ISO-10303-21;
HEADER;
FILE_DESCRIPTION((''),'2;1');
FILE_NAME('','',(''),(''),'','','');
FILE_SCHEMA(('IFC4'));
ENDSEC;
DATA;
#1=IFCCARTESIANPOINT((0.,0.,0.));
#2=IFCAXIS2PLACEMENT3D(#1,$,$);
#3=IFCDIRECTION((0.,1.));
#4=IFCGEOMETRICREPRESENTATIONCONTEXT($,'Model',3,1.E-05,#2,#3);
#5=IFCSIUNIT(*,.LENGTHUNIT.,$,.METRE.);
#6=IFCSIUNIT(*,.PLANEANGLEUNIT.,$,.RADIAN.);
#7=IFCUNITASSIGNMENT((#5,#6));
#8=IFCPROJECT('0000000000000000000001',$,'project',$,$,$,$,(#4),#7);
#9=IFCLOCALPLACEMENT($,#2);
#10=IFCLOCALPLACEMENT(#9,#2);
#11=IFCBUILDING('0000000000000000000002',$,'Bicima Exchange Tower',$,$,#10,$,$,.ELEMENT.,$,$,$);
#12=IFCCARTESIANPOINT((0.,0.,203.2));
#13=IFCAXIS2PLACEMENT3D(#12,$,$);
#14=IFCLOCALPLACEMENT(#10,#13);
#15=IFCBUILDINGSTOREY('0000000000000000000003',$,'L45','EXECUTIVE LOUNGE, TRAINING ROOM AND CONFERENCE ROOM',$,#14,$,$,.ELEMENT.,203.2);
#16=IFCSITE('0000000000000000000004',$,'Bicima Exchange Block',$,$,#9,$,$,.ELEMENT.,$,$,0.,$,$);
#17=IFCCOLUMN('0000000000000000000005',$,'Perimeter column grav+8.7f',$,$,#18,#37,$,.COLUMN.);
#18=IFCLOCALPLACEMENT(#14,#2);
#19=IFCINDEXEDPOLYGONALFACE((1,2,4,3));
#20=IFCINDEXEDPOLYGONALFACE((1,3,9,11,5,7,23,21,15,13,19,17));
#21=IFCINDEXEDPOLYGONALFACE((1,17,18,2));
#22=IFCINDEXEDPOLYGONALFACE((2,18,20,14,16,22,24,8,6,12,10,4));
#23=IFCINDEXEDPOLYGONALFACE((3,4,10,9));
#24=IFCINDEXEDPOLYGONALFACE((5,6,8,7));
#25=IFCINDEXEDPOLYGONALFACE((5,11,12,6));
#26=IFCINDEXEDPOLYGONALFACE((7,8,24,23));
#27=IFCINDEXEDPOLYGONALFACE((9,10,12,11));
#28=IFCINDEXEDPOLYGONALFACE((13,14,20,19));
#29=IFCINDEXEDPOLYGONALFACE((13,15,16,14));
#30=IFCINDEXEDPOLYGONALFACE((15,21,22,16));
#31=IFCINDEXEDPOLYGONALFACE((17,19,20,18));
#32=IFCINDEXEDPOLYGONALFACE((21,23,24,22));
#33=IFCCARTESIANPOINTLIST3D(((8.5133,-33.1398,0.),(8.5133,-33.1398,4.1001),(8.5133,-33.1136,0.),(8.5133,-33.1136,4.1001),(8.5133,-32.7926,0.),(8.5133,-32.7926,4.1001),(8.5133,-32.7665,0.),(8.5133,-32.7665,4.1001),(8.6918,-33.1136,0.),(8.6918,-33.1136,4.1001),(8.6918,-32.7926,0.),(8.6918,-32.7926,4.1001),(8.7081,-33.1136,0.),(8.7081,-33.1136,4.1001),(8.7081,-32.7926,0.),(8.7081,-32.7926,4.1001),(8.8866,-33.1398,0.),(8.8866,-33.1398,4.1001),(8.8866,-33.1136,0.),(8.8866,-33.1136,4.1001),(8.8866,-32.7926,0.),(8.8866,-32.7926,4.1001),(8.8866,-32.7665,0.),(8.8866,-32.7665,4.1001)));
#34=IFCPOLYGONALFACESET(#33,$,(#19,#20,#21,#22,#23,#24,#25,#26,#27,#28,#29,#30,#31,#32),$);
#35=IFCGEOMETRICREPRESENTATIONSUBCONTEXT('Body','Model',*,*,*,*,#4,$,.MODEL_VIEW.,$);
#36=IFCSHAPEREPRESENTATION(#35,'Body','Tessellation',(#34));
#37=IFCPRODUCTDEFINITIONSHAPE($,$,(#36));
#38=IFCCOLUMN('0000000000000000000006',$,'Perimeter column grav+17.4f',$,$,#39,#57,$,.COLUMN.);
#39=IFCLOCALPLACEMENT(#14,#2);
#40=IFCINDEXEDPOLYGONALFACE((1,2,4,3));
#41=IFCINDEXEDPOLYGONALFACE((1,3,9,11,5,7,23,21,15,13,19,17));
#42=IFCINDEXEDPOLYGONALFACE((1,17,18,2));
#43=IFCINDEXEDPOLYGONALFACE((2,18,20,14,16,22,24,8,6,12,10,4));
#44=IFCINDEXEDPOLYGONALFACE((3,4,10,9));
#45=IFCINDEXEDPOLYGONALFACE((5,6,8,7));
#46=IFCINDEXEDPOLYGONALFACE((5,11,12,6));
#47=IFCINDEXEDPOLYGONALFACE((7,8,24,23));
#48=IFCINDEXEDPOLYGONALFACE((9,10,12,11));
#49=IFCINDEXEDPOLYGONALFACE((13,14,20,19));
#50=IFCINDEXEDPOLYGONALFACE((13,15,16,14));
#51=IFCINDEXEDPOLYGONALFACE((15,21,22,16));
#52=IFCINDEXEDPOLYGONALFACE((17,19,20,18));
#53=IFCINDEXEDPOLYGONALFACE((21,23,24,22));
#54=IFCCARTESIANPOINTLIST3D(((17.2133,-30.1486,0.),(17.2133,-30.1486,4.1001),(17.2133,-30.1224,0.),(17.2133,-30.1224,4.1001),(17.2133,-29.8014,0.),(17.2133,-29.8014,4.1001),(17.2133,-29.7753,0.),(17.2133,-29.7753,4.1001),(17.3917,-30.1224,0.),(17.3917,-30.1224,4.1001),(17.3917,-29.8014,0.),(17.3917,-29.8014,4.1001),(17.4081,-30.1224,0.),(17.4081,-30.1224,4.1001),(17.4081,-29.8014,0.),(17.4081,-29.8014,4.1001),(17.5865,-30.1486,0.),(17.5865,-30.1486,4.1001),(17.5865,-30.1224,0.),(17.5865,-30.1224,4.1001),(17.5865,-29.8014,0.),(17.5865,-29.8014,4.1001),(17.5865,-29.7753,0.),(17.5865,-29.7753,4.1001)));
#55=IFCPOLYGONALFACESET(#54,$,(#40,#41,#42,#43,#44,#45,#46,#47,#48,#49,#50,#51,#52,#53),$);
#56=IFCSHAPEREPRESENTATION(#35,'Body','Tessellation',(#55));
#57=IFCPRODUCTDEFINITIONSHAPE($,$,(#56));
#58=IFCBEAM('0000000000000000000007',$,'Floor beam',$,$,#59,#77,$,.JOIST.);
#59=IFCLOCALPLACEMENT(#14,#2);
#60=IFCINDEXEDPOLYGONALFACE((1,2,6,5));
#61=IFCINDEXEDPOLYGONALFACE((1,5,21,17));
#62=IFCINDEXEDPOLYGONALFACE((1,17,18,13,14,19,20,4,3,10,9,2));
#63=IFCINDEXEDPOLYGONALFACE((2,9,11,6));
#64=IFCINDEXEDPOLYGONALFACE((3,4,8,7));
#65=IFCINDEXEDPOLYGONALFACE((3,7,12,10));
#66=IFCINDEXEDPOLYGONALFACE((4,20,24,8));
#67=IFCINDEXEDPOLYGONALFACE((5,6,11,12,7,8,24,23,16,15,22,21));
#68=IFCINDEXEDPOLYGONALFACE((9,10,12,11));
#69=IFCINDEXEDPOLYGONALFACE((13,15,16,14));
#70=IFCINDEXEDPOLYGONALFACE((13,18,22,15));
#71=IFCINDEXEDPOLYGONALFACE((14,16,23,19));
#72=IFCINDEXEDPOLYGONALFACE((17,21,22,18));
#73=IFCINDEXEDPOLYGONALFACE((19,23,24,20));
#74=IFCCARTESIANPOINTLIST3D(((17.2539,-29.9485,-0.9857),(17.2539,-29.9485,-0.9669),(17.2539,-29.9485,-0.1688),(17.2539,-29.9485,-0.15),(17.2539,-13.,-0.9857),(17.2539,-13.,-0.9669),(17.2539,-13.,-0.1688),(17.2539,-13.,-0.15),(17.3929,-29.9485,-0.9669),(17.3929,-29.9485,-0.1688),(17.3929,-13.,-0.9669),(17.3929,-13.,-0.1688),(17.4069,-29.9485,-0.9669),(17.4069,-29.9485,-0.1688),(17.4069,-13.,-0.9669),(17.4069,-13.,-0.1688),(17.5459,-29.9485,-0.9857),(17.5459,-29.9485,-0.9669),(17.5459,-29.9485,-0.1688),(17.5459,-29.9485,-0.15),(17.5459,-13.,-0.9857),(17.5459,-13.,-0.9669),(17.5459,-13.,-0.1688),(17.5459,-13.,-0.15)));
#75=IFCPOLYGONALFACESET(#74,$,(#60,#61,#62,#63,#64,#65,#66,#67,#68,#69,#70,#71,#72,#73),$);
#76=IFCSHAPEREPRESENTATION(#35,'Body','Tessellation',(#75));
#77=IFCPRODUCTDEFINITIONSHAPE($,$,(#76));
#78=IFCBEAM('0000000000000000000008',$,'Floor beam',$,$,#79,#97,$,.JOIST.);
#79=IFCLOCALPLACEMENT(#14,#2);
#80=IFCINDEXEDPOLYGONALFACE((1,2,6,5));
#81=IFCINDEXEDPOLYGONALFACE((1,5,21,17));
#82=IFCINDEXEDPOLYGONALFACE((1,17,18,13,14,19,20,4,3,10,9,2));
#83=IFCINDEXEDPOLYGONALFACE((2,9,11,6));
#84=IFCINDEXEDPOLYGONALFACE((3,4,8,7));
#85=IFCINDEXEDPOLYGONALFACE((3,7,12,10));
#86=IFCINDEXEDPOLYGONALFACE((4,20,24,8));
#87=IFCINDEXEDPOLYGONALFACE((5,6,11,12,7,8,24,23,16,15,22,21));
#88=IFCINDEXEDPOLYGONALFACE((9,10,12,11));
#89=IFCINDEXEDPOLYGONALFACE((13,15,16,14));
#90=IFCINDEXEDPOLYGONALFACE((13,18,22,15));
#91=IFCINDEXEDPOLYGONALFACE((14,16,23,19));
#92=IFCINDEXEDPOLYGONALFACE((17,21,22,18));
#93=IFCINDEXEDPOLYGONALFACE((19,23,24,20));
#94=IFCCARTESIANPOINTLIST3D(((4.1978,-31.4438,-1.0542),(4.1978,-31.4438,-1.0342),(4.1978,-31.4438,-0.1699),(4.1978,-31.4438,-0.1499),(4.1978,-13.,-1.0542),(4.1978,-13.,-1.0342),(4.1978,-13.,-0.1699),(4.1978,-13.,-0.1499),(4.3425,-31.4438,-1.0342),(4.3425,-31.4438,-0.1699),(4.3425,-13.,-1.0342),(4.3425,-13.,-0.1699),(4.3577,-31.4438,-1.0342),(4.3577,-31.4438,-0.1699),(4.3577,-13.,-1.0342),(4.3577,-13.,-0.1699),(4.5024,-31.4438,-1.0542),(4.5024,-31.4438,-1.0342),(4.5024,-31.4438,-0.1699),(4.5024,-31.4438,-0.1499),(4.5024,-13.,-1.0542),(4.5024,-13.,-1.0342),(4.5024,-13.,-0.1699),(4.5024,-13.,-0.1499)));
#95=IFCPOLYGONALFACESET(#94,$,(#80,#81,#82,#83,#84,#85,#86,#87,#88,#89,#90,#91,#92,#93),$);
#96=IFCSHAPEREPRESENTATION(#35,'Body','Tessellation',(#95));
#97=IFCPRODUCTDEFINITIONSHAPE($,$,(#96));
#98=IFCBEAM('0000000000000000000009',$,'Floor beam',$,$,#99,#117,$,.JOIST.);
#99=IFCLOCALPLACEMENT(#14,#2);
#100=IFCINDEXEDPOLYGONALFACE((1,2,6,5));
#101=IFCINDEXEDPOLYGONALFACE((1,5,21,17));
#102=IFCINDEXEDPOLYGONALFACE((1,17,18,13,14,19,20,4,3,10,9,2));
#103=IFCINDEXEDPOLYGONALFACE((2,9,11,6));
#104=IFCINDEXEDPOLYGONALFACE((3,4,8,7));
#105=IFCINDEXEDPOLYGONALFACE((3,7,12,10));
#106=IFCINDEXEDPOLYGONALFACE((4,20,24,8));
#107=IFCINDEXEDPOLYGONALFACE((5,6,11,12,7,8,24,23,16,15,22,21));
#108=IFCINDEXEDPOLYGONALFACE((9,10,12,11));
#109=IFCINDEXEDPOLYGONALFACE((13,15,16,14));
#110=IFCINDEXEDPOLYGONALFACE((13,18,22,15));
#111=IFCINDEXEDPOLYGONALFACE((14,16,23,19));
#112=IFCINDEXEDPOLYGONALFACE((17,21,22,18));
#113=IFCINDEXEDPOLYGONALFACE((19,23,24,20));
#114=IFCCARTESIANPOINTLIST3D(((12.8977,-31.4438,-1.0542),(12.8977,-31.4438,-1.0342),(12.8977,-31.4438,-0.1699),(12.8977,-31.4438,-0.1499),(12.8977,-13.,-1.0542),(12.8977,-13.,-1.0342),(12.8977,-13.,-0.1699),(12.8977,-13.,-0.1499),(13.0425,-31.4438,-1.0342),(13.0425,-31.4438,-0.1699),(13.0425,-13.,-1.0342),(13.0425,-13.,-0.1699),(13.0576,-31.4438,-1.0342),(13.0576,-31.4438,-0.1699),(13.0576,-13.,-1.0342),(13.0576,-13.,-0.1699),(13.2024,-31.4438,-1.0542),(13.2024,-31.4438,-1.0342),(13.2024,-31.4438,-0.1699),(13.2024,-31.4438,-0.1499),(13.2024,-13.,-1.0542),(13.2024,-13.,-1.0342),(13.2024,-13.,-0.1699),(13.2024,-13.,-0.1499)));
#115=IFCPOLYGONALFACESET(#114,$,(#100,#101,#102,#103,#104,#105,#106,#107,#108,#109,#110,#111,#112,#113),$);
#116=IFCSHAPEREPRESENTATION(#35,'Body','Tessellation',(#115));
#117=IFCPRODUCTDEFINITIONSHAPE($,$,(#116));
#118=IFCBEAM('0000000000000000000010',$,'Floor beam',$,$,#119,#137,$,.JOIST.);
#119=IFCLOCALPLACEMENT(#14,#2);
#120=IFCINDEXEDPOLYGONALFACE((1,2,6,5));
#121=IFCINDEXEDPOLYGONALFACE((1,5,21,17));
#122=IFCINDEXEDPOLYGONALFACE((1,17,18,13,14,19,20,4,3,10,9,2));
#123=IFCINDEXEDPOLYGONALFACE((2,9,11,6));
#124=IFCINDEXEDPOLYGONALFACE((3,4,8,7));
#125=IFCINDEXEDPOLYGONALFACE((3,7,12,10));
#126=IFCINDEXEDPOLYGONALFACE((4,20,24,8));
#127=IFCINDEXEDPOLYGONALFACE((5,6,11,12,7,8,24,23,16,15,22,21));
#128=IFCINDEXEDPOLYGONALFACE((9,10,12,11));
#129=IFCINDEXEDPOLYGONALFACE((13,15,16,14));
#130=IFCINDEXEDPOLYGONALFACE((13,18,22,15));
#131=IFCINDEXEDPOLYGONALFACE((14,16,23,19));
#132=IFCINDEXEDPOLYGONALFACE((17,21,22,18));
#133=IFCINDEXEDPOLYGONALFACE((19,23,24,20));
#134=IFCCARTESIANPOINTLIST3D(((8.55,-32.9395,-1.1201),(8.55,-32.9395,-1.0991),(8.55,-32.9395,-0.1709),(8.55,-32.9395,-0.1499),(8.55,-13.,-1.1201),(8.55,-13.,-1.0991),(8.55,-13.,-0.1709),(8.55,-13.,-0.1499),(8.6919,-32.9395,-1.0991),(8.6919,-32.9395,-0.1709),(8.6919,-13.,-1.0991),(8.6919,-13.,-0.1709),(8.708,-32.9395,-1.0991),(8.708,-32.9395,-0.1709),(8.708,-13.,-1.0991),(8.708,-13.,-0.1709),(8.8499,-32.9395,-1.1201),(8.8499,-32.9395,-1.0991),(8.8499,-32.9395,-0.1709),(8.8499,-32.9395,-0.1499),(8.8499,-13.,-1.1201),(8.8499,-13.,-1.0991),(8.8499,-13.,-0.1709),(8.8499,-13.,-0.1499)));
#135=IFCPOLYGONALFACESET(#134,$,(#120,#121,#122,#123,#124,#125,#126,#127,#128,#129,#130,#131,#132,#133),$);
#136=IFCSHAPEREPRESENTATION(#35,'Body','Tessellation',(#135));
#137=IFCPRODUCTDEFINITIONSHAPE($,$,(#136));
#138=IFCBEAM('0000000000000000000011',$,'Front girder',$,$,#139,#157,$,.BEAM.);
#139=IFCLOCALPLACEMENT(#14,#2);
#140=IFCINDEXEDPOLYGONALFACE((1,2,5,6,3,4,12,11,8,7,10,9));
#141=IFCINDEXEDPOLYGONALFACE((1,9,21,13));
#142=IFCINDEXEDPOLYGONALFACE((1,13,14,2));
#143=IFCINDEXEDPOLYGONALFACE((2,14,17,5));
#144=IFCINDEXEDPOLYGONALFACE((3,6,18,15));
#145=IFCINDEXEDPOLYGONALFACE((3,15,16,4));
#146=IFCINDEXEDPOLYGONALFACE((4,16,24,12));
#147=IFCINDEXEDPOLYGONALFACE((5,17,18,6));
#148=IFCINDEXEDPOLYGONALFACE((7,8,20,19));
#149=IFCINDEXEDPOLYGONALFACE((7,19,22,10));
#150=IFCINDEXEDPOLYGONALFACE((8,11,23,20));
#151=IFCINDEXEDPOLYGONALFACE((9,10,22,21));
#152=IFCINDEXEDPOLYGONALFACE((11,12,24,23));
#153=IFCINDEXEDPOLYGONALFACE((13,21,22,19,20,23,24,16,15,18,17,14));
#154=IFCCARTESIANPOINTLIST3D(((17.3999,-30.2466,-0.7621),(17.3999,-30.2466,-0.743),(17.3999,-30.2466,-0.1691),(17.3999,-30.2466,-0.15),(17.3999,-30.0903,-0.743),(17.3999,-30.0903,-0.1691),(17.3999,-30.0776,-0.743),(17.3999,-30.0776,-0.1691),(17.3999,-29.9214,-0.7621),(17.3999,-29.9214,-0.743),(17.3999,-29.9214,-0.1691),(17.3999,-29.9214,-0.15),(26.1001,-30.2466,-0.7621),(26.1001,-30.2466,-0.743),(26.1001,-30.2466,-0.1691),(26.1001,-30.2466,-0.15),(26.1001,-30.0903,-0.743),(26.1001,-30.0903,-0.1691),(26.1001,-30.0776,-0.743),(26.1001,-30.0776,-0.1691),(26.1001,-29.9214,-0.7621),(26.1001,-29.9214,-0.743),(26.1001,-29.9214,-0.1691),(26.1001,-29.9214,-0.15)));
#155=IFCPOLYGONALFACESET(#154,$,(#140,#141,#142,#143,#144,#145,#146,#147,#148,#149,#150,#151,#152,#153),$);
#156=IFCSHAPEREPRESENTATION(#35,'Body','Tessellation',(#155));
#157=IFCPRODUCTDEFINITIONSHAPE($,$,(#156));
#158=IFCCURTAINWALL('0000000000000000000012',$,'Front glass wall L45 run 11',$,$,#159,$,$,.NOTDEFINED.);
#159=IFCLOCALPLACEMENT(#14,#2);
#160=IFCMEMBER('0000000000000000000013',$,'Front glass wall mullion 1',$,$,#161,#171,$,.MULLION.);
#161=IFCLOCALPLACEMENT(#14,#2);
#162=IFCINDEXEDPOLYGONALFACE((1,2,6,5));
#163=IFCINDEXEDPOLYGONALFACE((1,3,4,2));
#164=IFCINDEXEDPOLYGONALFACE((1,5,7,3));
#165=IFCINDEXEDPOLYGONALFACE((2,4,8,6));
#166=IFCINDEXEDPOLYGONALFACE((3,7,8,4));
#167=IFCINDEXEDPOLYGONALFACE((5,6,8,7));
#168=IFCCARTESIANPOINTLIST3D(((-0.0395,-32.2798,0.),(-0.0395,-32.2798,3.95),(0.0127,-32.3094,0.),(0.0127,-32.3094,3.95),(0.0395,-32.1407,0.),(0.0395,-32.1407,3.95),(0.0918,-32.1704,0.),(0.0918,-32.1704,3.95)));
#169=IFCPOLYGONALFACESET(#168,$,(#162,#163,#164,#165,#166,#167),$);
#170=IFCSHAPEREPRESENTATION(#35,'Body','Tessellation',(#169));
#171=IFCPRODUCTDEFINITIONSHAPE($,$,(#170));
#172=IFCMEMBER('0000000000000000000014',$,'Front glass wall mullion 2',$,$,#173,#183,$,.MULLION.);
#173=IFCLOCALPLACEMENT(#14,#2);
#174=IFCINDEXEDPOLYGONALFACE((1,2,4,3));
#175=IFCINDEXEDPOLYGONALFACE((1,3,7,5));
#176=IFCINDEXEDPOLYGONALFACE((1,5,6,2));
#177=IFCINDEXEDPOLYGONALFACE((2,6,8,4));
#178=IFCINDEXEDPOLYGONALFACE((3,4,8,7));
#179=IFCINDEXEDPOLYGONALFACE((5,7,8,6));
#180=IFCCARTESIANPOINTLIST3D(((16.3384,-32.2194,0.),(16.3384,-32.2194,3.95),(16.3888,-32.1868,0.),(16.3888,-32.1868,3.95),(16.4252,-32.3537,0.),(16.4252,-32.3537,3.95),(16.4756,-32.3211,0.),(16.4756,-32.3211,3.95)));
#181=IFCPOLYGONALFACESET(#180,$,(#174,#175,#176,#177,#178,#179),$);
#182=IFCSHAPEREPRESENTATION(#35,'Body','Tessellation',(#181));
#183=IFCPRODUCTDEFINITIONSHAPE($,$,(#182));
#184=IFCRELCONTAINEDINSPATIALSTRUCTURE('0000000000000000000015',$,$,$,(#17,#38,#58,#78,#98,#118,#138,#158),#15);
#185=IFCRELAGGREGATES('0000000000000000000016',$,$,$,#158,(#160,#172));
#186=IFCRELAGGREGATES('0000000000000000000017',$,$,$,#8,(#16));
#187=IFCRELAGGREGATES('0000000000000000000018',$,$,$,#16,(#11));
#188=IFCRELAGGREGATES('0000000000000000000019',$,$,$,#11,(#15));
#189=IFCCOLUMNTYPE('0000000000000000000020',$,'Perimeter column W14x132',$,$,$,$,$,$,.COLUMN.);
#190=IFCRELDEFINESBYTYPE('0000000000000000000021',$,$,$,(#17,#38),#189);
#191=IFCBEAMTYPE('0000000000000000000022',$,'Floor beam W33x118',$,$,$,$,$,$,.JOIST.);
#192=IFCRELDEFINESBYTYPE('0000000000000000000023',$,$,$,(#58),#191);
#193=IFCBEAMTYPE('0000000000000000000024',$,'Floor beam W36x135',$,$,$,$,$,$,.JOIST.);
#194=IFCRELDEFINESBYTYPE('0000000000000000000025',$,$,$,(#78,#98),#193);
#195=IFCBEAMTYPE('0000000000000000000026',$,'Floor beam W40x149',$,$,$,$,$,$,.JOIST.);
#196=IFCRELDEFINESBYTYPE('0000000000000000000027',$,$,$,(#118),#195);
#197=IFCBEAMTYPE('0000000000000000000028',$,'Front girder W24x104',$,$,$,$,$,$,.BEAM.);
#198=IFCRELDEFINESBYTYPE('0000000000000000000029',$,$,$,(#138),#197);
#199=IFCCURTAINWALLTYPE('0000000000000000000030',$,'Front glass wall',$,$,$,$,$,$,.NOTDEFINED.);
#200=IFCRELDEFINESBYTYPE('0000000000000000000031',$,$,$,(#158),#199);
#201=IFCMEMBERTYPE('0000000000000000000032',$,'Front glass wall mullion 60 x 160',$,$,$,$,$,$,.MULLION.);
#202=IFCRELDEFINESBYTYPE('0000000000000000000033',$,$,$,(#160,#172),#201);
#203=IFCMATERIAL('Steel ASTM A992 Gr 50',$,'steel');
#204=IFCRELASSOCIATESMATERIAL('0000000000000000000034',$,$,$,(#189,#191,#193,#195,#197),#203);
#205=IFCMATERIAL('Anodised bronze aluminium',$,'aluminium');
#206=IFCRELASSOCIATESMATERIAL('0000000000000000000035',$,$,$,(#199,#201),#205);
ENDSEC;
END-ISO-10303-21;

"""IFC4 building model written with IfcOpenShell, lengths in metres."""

from ifc_helpers import new_model, si_unit, direction, frame, origin, origin_2d, place, context, subcontext, project, spatial, rectangle, i_section, extrude, material, material_profile, profile_set, type_object, element, aggregate, save


model = new_model("IFC4")

# Units and contexts
model_context = context("Model", 3, precision=1e-05, world=origin(), true_north=direction((0.0, 1.0)))
body_context = subcontext(model_context, "Body", "Model", "MODEL_VIEW")
ifc_project = project(units=[si_unit("LENGTHUNIT", "METRE"), si_unit("PLANEANGLEUNIT", "RADIAN")], contexts=[model_context])

# Site, building, storey
site_placement = place(None, origin())
site = spatial("IfcSite", under=ifc_project, at=site_placement, Name="Bicima Exchange Block", CompositionType="ELEMENT", RefElevation=0.0)
building_placement = place(site_placement, origin())
building = spatial("IfcBuilding", under=site, at=building_placement, Name="Bicima Exchange Tower", CompositionType="ELEMENT")
storey_placement = place(building_placement, frame((0.0, 0.0, 203.2)))
storey = spatial("IfcBuildingStorey", under=building, at=storey_placement, Name="L45", Description="EXECUTIVE LOUNGE, TRAINING ROOM AND CONFERENCE ROOM", CompositionType="ELEMENT", Elevation=203.2)

# Columns
ifc_material_1 = material(Name="Steel ASTM A992 Gr 50", Category="steel")
ifc_material_profile_1 = material_profile(ifc_material_1, i_section(OverallWidth=0.3733, OverallDepth=0.3733, WebThickness=0.0164, FlangeThickness=0.0261, at=origin_2d()))
ifc_profile_set_1 = profile_set([ifc_material_profile_1], Name="Steel ASTM A992 Gr 50")
column_type = type_object("IfcColumnType", Name="Perimeter column W14x132", PredefinedType="COLUMN", material=ifc_profile_set_1)
for number, where, z_axis, x_axis, name in (
    (1, (8.7, -32.9531, 0.0), (0.0, 0.0, 1.0), (1.0, 0.0, 0.0), "Perimeter column grav+8.7f"),
    (2, (17.3999, -29.9619, 0.0), (0.0, 0.0, 1.0), (1.0, 0.0, 0.0), "Perimeter column grav+17.4f"),
):
    element("IfcColumn", number, at=place(storey_placement, frame(where, z_axis=z_axis, x_axis=x_axis)), inside=storey, type_object=column_type, Name=name, PredefinedType="COLUMN", context=body_context, shape_type="SweptSolid", body=[
        extrude(i_section(OverallWidth=0.3733, OverallDepth=0.3733, WebThickness=0.0164, FlangeThickness=0.0261, at=origin_2d()), origin(), (0.0, 0.0, 1.0), 4.1001),
    ])

# Beams
ifc_material_profile_2 = material_profile(ifc_material_1, i_section(OverallWidth=0.292, OverallDepth=0.8357, WebThickness=0.0139, FlangeThickness=0.0188, at=origin_2d()))
ifc_profile_set_2 = profile_set([ifc_material_profile_2], Name="Steel ASTM A992 Gr 50")
beam_type_1 = type_object("IfcBeamType", Name="Floor beam W33x118", PredefinedType="JOIST", material=ifc_profile_set_2)
beam_1_placement = place(storey_placement, frame((17.3999, -13.0, -0.5679), z_axis=(0.0, -1.0, 0.0), x_axis=(1.0, 0.0, 0.0)))
element("IfcBeam", 3, at=beam_1_placement, inside=storey, type_object=beam_type_1, Name="Floor beam", PredefinedType="JOIST", context=body_context, shape_type="SweptSolid", body=[
    extrude(i_section(OverallWidth=0.292, OverallDepth=0.8357, WebThickness=0.0139, FlangeThickness=0.0188, at=origin_2d()), origin(), (0.0, 0.0, 1.0), 16.9485),
])
ifc_material_profile_3 = material_profile(ifc_material_1, i_section(OverallWidth=0.3047, OverallDepth=0.9043, WebThickness=0.0151, FlangeThickness=0.02, at=origin_2d()))
ifc_profile_set_3 = profile_set([ifc_material_profile_3], Name="Steel ASTM A992 Gr 50")
beam_type_2 = type_object("IfcBeamType", Name="Floor beam W36x135", PredefinedType="JOIST", material=ifc_profile_set_3)
for number, where, z_axis, x_axis, name in (
    (4, (4.3501, -13.0, -0.6021), (0.0, -1.0, 0.0), (1.0, 0.0, 0.0), "Floor beam"),
    (5, (13.05, -13.0, -0.6021), (0.0, -1.0, 0.0), (1.0, 0.0, 0.0), "Floor beam"),
):
    element("IfcBeam", number, at=place(storey_placement, frame(where, z_axis=z_axis, x_axis=x_axis)), inside=storey, type_object=beam_type_2, Name=name, PredefinedType="JOIST", context=body_context, shape_type="SweptSolid", body=[
        extrude(i_section(OverallWidth=0.3047, OverallDepth=0.9043, WebThickness=0.0151, FlangeThickness=0.02, at=origin_2d()), origin(), (0.0, 0.0, 1.0), 18.4438),
    ])
ifc_material_profile_4 = material_profile(ifc_material_1, i_section(OverallWidth=0.2998, OverallDepth=0.9702, WebThickness=0.0161, FlangeThickness=0.021, at=origin_2d()))
ifc_profile_set_4 = profile_set([ifc_material_profile_4], Name="Steel ASTM A992 Gr 50")
beam_type_3 = type_object("IfcBeamType", Name="Floor beam W40x149", PredefinedType="JOIST", material=ifc_profile_set_4)
beam_2_placement = place(storey_placement, frame((8.7, -13.0, -0.635), z_axis=(0.0, -1.0, 0.0), x_axis=(1.0, 0.0, 0.0)))
element("IfcBeam", 6, at=beam_2_placement, inside=storey, type_object=beam_type_3, Name="Floor beam", PredefinedType="JOIST", context=body_context, shape_type="SweptSolid", body=[
    extrude(i_section(OverallWidth=0.2998, OverallDepth=0.9702, WebThickness=0.0161, FlangeThickness=0.021, at=origin_2d()), origin(), (0.0, 0.0, 1.0), 19.9395),
])
ifc_material_profile_5 = material_profile(ifc_material_1, i_section(OverallWidth=0.3252, OverallDepth=0.6121, WebThickness=0.0127, FlangeThickness=0.019, at=origin_2d()))
ifc_profile_set_5 = profile_set([ifc_material_profile_5], Name="Steel ASTM A992 Gr 50")
beam_type_4 = type_object("IfcBeamType", Name="Front girder W24x104", PredefinedType="BEAM", material=ifc_profile_set_5)
beam_3_placement = place(storey_placement, frame((17.3999, -30.084, -0.4561), z_axis=(1.0, 0.0, 0.0), x_axis=(0.0, 1.0, 0.0)))
element("IfcBeam", 7, at=beam_3_placement, inside=storey, type_object=beam_type_4, Name="Front girder", PredefinedType="BEAM", context=body_context, shape_type="SweptSolid", body=[
    extrude(i_section(OverallWidth=0.3252, OverallDepth=0.6121, WebThickness=0.0127, FlangeThickness=0.019, at=origin_2d()), origin(), (0.0, 0.0, 1.0), 8.7002),
])

# Curtain wall, members
ifc_material_2 = material(Name="Anodised bronze aluminium", Category="aluminium")
curtain_wall_type = type_object("IfcCurtainWallType", Name="Front glass wall", PredefinedType="NOTDEFINED", material=ifc_material_2)
curtain_wall_1_placement = place(storey_placement, origin())
curtain_wall_1 = element("IfcCurtainWall", 8, at=curtain_wall_1_placement, inside=storey, type_object=curtain_wall_type, Name="Front glass wall L45 run 11", PredefinedType="NOTDEFINED")
ifc_material_profile_6 = material_profile(ifc_material_2, rectangle(XDim=0.1599, YDim=0.0601, at=origin_2d()))
ifc_profile_set_6 = profile_set([ifc_material_profile_6], Name="Anodised bronze aluminium")
member_type_1 = type_object("IfcMemberType", Name="Front glass wall mullion 60 x 160", PredefinedType="MULLION", material=ifc_profile_set_6)
member_1_placement = place(storey_placement, frame((0.0261, -32.2251, 0.0), z_axis=(0.0, 0.0, 1.0), x_axis=(0.49433, 0.869274, 0.0)))
member_1 = element("IfcMember", 9, at=member_1_placement, type_object=member_type_1, Name="Front glass wall mullion 1", PredefinedType="MULLION", context=body_context, shape_type="SweptSolid", body=[
    extrude(rectangle(XDim=0.1599, YDim=0.0601, at=origin_2d()), origin(), (0.0, 0.0, 1.0), 3.95),
])
member_2_placement = place(storey_placement, frame((16.407, -32.2703, 0.0), z_axis=(0.0, 0.0, 1.0), x_axis=(-0.542909, 0.839791, 0.0)))
member_2 = element("IfcMember", 10, at=member_2_placement, type_object=member_type_1, Name="Front glass wall mullion 2", PredefinedType="MULLION", context=body_context, shape_type="SweptSolid", body=[
    extrude(rectangle(XDim=0.1599, YDim=0.0601, at=origin_2d()), origin(), (0.0, 0.0, 1.0), 3.95),
])

aggregate(curtain_wall_1, [member_1, member_2])

save(model, "model.ifc")
